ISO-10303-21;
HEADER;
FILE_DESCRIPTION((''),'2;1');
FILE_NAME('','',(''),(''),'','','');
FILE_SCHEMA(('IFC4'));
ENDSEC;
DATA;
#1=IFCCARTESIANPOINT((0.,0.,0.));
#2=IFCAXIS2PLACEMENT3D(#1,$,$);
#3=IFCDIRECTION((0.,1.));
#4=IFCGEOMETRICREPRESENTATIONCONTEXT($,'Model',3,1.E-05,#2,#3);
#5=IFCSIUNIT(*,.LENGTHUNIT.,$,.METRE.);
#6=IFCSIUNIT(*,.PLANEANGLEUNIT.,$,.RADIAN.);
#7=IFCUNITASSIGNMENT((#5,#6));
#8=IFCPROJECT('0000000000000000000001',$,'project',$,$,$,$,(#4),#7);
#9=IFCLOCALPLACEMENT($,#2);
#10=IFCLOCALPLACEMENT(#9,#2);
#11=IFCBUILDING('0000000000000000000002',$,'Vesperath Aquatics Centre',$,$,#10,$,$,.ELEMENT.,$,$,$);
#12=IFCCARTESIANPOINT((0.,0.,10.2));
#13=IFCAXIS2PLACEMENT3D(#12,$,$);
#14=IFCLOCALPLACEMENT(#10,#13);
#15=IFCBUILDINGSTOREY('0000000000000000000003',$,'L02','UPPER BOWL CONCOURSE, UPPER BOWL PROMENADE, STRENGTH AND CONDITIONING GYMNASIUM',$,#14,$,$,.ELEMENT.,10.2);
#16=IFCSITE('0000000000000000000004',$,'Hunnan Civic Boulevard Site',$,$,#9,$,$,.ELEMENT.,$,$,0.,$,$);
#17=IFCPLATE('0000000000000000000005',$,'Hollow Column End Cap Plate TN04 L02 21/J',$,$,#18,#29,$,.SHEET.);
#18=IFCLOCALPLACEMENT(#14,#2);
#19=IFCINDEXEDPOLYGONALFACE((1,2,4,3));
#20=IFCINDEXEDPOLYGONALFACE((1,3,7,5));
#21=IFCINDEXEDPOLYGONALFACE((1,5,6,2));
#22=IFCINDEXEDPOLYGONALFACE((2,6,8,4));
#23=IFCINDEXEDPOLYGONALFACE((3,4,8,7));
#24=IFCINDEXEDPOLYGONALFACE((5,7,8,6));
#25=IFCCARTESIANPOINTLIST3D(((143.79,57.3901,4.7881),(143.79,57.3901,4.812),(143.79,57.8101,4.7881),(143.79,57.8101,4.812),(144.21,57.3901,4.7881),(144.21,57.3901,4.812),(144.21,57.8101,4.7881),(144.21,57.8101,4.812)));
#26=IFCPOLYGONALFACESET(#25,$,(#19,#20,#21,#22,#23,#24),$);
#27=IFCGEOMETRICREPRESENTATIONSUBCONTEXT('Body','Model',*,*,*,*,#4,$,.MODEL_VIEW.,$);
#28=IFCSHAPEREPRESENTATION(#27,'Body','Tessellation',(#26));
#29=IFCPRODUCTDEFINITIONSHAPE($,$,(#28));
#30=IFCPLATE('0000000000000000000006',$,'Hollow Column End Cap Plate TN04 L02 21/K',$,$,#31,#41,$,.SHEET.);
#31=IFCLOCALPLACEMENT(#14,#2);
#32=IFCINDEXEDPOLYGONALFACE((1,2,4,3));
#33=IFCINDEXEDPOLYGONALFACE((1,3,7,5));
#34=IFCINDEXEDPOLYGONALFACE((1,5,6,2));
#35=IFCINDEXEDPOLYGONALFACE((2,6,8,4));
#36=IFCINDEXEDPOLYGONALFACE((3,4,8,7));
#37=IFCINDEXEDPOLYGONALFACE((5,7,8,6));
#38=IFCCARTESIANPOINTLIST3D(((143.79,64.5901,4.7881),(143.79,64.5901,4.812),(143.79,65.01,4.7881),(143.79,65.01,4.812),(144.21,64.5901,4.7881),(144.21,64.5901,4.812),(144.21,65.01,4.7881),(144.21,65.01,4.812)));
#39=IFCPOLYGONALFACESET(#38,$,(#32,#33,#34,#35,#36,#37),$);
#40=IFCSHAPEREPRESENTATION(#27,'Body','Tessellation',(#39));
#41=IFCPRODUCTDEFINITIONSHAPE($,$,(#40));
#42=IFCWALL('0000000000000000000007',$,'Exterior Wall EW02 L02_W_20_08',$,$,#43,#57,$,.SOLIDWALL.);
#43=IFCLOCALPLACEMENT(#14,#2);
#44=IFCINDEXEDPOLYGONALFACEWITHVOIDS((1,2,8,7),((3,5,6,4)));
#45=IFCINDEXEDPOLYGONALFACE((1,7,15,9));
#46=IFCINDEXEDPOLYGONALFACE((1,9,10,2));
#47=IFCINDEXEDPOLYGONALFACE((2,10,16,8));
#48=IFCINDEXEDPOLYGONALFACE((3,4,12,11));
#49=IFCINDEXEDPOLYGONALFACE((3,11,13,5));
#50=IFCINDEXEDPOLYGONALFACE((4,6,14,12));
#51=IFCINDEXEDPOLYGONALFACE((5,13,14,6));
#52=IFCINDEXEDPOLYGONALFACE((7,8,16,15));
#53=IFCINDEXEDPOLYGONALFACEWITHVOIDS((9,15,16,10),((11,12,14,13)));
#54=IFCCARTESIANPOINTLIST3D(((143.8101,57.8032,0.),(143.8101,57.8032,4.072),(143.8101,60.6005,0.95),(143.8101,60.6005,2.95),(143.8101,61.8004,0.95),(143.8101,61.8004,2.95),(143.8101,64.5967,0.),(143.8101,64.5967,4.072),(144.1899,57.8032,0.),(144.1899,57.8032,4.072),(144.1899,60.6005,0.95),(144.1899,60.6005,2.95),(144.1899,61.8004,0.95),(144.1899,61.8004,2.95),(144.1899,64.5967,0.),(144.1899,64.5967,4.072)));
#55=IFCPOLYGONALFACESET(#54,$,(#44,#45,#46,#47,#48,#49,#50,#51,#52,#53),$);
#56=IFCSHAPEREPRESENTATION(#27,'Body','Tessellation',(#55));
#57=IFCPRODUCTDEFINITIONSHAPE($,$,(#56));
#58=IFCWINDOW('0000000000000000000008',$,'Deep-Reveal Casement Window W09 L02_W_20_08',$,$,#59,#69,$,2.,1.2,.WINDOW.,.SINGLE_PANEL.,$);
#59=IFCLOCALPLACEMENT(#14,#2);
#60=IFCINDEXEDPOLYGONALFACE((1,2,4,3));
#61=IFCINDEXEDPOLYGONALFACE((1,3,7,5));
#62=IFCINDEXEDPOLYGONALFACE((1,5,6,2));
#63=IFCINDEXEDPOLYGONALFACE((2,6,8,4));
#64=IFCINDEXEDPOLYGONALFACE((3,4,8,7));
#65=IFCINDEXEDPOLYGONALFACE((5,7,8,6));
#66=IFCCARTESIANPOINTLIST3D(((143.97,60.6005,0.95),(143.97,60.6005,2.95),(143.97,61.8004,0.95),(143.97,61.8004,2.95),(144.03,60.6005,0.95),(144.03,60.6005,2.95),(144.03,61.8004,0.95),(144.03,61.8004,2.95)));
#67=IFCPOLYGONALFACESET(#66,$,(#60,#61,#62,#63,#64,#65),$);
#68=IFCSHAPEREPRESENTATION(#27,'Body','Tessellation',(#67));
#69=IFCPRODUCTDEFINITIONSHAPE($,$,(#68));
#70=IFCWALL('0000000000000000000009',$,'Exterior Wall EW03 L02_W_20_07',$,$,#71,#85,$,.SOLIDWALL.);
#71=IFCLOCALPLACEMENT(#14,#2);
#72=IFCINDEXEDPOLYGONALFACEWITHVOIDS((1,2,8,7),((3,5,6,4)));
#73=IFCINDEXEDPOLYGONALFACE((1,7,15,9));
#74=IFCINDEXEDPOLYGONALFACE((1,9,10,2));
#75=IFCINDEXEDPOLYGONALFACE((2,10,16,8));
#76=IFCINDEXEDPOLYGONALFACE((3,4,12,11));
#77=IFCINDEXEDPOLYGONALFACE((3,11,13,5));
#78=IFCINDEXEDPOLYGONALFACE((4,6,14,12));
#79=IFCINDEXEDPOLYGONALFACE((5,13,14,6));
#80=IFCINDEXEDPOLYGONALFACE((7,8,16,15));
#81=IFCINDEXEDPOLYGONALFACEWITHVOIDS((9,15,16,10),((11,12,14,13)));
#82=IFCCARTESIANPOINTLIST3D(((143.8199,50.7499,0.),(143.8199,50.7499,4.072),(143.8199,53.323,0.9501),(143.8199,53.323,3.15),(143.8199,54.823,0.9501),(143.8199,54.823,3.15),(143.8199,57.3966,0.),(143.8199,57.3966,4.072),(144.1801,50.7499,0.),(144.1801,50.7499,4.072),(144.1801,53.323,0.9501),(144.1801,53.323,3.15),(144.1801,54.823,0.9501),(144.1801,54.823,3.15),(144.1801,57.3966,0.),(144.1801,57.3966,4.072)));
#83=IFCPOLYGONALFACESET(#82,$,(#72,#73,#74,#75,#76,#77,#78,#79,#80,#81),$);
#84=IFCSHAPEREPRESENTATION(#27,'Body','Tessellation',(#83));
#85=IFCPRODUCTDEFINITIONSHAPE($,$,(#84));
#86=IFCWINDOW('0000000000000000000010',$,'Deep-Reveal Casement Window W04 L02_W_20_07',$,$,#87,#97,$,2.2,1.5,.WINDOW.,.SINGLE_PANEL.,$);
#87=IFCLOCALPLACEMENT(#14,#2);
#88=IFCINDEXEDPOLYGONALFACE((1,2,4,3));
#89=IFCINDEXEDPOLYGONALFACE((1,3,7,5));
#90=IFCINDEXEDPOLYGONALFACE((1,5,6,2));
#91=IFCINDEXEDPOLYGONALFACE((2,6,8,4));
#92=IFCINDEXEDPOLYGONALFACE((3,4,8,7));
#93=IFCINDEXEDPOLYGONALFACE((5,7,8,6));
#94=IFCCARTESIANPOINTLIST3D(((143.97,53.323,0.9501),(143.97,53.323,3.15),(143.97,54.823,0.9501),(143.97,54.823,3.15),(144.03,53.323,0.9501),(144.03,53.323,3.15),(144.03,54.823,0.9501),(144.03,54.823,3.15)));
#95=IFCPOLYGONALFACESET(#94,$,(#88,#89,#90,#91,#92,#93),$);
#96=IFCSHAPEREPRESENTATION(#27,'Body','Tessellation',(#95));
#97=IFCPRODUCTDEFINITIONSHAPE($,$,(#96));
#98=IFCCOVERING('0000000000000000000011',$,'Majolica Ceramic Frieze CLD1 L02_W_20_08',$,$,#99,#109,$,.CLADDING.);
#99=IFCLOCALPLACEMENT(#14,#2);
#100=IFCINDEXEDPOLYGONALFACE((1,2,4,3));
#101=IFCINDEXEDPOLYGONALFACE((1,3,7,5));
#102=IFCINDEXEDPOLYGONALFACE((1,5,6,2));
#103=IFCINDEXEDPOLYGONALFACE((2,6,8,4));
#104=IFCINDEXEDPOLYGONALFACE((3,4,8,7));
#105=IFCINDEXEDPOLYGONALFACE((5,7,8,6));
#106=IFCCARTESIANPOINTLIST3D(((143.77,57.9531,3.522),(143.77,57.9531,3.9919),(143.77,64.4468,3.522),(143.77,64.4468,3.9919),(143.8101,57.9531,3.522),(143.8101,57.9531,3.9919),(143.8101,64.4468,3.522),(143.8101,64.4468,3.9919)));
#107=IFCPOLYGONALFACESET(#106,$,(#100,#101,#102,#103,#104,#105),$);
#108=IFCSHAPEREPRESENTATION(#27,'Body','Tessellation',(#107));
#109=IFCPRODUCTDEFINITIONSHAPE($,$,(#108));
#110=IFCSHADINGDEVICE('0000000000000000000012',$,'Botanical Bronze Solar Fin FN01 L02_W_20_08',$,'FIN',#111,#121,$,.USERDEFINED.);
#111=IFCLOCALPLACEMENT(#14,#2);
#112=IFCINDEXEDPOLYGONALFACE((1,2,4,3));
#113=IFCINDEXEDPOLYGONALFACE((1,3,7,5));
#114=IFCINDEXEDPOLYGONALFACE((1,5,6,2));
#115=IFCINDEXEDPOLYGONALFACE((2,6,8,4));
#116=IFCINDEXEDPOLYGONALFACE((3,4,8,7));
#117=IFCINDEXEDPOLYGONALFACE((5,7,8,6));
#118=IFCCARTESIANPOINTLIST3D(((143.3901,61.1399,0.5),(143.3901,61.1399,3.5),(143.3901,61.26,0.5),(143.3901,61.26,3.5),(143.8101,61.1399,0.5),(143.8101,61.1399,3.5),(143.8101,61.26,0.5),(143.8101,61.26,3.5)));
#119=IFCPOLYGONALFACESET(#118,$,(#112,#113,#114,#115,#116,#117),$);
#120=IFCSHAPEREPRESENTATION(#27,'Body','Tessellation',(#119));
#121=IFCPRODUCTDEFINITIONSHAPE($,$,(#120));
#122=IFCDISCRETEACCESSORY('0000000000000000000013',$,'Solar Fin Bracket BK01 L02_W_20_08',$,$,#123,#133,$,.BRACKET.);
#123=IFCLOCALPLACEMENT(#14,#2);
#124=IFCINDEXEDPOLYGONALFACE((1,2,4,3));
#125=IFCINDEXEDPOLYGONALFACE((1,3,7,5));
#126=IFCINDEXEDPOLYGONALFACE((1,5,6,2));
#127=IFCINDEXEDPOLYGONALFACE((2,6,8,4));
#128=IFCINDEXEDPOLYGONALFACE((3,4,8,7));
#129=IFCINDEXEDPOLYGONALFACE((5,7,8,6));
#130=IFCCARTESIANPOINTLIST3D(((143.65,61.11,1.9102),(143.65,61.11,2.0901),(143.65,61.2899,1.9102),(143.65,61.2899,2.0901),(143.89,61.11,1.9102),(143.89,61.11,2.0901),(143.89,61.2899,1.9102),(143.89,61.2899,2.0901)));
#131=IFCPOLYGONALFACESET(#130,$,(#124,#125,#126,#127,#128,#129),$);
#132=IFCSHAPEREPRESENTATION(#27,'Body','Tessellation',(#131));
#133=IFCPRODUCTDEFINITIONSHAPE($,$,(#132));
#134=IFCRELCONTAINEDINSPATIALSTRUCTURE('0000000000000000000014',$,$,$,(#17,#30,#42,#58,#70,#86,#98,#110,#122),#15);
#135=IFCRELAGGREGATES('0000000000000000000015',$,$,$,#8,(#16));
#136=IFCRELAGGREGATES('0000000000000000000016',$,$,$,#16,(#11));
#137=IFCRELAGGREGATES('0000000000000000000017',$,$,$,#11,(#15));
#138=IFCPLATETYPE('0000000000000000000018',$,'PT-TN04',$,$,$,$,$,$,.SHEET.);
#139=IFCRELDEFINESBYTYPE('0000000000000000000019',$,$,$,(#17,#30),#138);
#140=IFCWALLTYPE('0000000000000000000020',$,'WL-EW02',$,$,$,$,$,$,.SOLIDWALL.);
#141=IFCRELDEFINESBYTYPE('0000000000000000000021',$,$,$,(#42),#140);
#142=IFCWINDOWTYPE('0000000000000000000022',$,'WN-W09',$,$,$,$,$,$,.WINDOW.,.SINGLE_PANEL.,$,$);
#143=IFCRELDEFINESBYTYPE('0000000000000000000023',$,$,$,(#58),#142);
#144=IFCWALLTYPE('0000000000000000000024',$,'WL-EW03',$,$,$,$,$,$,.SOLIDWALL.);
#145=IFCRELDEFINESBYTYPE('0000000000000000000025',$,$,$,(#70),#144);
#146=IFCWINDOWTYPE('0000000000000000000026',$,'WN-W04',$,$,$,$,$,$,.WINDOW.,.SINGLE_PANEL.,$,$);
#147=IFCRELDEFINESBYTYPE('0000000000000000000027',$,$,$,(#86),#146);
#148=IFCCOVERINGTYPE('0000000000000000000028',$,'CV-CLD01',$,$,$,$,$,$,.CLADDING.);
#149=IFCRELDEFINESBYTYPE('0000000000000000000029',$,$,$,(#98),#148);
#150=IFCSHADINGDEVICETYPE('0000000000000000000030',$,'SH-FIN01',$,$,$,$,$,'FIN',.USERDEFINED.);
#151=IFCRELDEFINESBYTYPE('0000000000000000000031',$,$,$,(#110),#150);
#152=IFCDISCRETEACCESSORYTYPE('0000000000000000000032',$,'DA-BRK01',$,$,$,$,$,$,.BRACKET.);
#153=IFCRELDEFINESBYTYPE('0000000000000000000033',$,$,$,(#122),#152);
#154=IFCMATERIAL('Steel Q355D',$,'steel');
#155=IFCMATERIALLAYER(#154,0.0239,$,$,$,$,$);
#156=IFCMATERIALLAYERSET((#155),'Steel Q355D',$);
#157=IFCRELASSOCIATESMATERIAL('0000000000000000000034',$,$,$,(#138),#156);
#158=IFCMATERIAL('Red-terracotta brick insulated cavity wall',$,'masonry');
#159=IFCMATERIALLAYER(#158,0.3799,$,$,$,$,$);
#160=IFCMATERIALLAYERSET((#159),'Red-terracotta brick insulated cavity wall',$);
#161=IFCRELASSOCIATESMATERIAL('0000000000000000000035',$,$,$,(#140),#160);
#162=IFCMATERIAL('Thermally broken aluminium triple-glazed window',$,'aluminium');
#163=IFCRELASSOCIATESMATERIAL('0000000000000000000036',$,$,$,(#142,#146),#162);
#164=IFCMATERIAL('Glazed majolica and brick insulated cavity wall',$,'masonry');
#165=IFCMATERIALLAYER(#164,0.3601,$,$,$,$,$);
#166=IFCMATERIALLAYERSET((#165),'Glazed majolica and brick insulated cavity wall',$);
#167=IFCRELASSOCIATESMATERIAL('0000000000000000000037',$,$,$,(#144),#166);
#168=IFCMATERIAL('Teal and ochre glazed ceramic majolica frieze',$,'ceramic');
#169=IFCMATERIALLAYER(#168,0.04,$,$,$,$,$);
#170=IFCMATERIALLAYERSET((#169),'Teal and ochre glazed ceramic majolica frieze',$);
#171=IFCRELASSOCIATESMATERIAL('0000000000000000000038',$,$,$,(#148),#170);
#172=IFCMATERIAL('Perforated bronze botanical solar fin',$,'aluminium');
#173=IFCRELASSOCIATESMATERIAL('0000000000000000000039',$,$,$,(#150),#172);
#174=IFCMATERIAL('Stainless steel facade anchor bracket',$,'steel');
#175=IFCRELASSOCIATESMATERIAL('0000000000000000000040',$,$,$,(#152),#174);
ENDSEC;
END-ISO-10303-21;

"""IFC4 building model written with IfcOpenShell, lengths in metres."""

from ifc_helpers import new_model, si_unit, direction, frame, frame_2d, origin, origin_2d, place, context, subcontext, project, spatial, rectangle, extrude, material, layer, layer_set, type_object, element, fill, save


model = new_model("IFC4")

# Units and contexts
model_context = context("Model", 3, precision=1e-05, world=origin(), true_north=direction((0.0, 1.0)))
body_context = subcontext(model_context, "Body", "Model", "MODEL_VIEW")
ifc_project = project(units=[si_unit("LENGTHUNIT", "METRE"), si_unit("PLANEANGLEUNIT", "RADIAN")], contexts=[model_context])

# Site, building, storey
site_placement = place(None, origin())
site = spatial("IfcSite", under=ifc_project, at=site_placement, Name="Hunnan Civic Boulevard Site", CompositionType="ELEMENT", RefElevation=0.0)
building_placement = place(site_placement, origin())
building = spatial("IfcBuilding", under=site, at=building_placement, Name="Vesperath Aquatics Centre", CompositionType="ELEMENT")
storey_placement = place(building_placement, frame((0.0, 0.0, 10.2)))
storey = spatial("IfcBuildingStorey", under=building, at=storey_placement, Name="L02", Description="UPPER BOWL CONCOURSE, UPPER BOWL PROMENADE, STRENGTH AND CONDITIONING GYMNASIUM", CompositionType="ELEMENT", Elevation=10.2)

# Shared definitions
ifc_material_1 = material(Name="Steel Q355D", Category="steel")

# Plates
ifc_layer_1 = layer(ifc_material_1, 0.0239)
ifc_layer_set_1 = layer_set([ifc_layer_1], Name="Steel Q355D")
plate_type_1 = type_object("IfcPlateType", Name="PT-TN04", PredefinedType="SHEET", material=ifc_layer_set_1)
for number, where, z_axis, x_axis, name in (
    (1, (144.0, 57.6001, 4.7881), (0.0, 0.0, 1.0), (1.0, 0.0, 0.0), "Hollow Column End Cap Plate TN04 L02 21/J"),
    (2, (144.0, 64.8, 4.7881), (0.0, 0.0, 1.0), (1.0, 0.0, 0.0), "Hollow Column End Cap Plate TN04 L02 21/K"),
):
    element("IfcPlate", number, at=place(storey_placement, frame(where, z_axis=z_axis, x_axis=x_axis)), inside=storey, type_object=plate_type_1, Name=name, PredefinedType="SHEET", context=body_context, shape_type="SweptSolid", body=[
        extrude(rectangle(XDim=0.4199, YDim=0.4199, at=origin_2d()), origin(), (0.0, 0.0, 1.0), 0.0239),
    ])

# Walls, openings, windows
ifc_material_2 = material(Name="Red-terracotta brick insulated cavity wall", Category="masonry")
ifc_layer_2 = layer(ifc_material_2, 0.3799)
ifc_layer_set_2 = layer_set([ifc_layer_2], Name="Red-terracotta brick insulated cavity wall")
wall_type_1 = type_object("IfcWallType", Name="WL-EW02", PredefinedType="SOLIDWALL", material=ifc_layer_set_2)
wall_1_placement = place(storey_placement, frame((144.0, 57.8032, 0.0), z_axis=(0.0, 0.0, 1.0), x_axis=(0.0, 1.0, 0.0)))
wall_1 = element("IfcWall", 3, at=wall_1_placement, inside=storey, type_object=wall_type_1, Name="Exterior Wall EW02 L02_W_20_08", PredefinedType="SOLIDWALL", context=body_context, shape_type="SweptSolid", body=[
    extrude(rectangle(XDim=6.7935, YDim=0.3799, at=frame_2d((3.3967, 0.0))), origin(), (0.0, 0.0, 1.0), 4.072),
])
opening_1_placement = place(wall_1_placement, frame((2.7971, 0.0, 0.95)))
opening_1 = element("IfcOpeningElement", 4, at=opening_1_placement, cuts=wall_1, PredefinedType="OPENING", context=body_context, shape_type="SweptSolid", body=[
    extrude(rectangle(XDim=1.2, YDim=2.0, at=frame_2d((0.6001, 1.0))), frame((0.0, 0.2048, 0.0), z_axis=(0.0, -1.0, 0.0), x_axis=(1.0, 0.0, 0.0)), (0.0, 0.0, 1.0), 0.4097),
])
ifc_material_3 = material(Name="Thermally broken aluminium triple-glazed window", Category="aluminium")
window_type_1 = type_object("IfcWindowType", Name="WN-W09", PartitioningType="SINGLE_PANEL", PredefinedType="WINDOW", material=ifc_material_3)
window_1_placement = place(opening_1_placement, origin())
window_1 = element("IfcWindow", 5, at=window_1_placement, inside=storey, type_object=window_type_1, Name="Deep-Reveal Casement Window W09 L02_W_20_08", OverallHeight=2.0, OverallWidth=1.2, PartitioningType="SINGLE_PANEL", PredefinedType="WINDOW", context=body_context, shape_type="SweptSolid", body=[
    extrude(rectangle(XDim=1.2, YDim=2.0, at=frame_2d((0.6001, 1.0))), frame((0.0, 0.03, 0.0), z_axis=(0.0, -1.0, 0.0), x_axis=(1.0, 0.0, 0.0)), (0.0, 0.0, 1.0), 0.0601),
])
fill(opening_1, window_1)
ifc_material_4 = material(Name="Glazed majolica and brick insulated cavity wall", Category="masonry")
ifc_layer_3 = layer(ifc_material_4, 0.3601)
ifc_layer_set_3 = layer_set([ifc_layer_3], Name="Glazed majolica and brick insulated cavity wall")
wall_type_2 = type_object("IfcWallType", Name="WL-EW03", PredefinedType="SOLIDWALL", material=ifc_layer_set_3)
wall_2_placement = place(storey_placement, frame((144.0, 50.75, 0.0), z_axis=(0.0, 0.0, 1.0), x_axis=(0.0, 1.0, 0.0)))
wall_2 = element("IfcWall", 6, at=wall_2_placement, inside=storey, type_object=wall_type_2, Name="Exterior Wall EW03 L02_W_20_07", PredefinedType="SOLIDWALL", context=body_context, shape_type="SweptSolid", body=[
    extrude(rectangle(XDim=6.6467, YDim=0.3601, at=frame_2d((3.3232, 0.0))), origin(), (0.0, 0.0, 1.0), 4.072),
])
opening_2_placement = place(wall_2_placement, frame((2.573, 0.0, 0.95)))
opening_2 = element("IfcOpeningElement", 7, at=opening_2_placement, cuts=wall_2, PredefinedType="OPENING", context=body_context, shape_type="SweptSolid", body=[
    extrude(rectangle(XDim=1.5, YDim=2.2, at=frame_2d((0.75, 1.1001))), frame((0.0, 0.1948, 0.0), z_axis=(0.0, -1.0, 0.0), x_axis=(1.0, 0.0, 0.0)), (0.0, 0.0, 1.0), 0.3899),
])
window_type_2 = type_object("IfcWindowType", Name="WN-W04", PartitioningType="SINGLE_PANEL", PredefinedType="WINDOW", material=ifc_material_3)
window_2_placement = place(opening_2_placement, origin())
window_2 = element("IfcWindow", 8, at=window_2_placement, inside=storey, type_object=window_type_2, Name="Deep-Reveal Casement Window W04 L02_W_20_07", OverallHeight=2.2, OverallWidth=1.5, PartitioningType="SINGLE_PANEL", PredefinedType="WINDOW", context=body_context, shape_type="SweptSolid", body=[
    extrude(rectangle(XDim=1.5, YDim=2.2, at=frame_2d((0.75, 1.1001))), frame((0.0, 0.03, 0.0), z_axis=(0.0, -1.0, 0.0), x_axis=(1.0, 0.0, 0.0)), (0.0, 0.0, 1.0), 0.0601),
])
fill(opening_2, window_2)

# Covering
ifc_material_5 = material(Name="Teal and ochre glazed ceramic majolica frieze", Category="ceramic")
ifc_layer_4 = layer(ifc_material_5, 0.04)
ifc_layer_set_4 = layer_set([ifc_layer_4], Name="Teal and ochre glazed ceramic majolica frieze")
covering_type = type_object("IfcCoveringType", Name="CV-CLD01", PredefinedType="CLADDING", material=ifc_layer_set_4)
covering_placement = place(storey_placement, frame((143.79, 57.9531, 3.522), z_axis=(0.0, 0.0, 1.0), x_axis=(0.0, 1.0, 0.0)))
element("IfcCovering", 9, at=covering_placement, inside=storey, type_object=covering_type, Name="Majolica Ceramic Frieze CLD1 L02_W_20_08", PredefinedType="CLADDING", context=body_context, shape_type="SweptSolid", body=[
    extrude(rectangle(XDim=6.4937, YDim=0.04, at=frame_2d((3.2468, 0.0))), origin(), (0.0, 0.0, 1.0), 0.47),
])

# Shading device
ifc_material_6 = material(Name="Perforated bronze botanical solar fin", Category="aluminium")
shading_device_type = type_object("IfcShadingDeviceType", Name="SH-FIN01", ElementType="FIN", PredefinedType="USERDEFINED", material=ifc_material_6)
shading_device_placement = place(storey_placement, frame((143.6001, 61.2, 0.5), z_axis=(0.0, 0.0, 1.0), x_axis=(1.0, 0.0, 0.0)))
element("IfcShadingDevice", 10, at=shading_device_placement, inside=storey, type_object=shading_device_type, Name="Botanical Bronze Solar Fin FN01 L02_W_20_08", ObjectType="FIN", PredefinedType="USERDEFINED", context=body_context, shape_type="SweptSolid", body=[
    extrude(rectangle(XDim=0.4199, YDim=0.1201, at=origin_2d()), origin(), (0.0, 0.0, 1.0), 3.0),
])

# Discrete accessory
ifc_material_7 = material(Name="Stainless steel facade anchor bracket", Category="steel")
discrete_accessory_type = type_object("IfcDiscreteAccessoryType", Name="DA-BRK01", PredefinedType="BRACKET", material=ifc_material_7)
discrete_accessory_placement = place(storey_placement, frame((143.77, 61.2, 1.9102), z_axis=(0.0, 0.0, 1.0), x_axis=(1.0, 0.0, 0.0)))
element("IfcDiscreteAccessory", 11, at=discrete_accessory_placement, inside=storey, type_object=discrete_accessory_type, Name="Solar Fin Bracket BK01 L02_W_20_08", PredefinedType="BRACKET", context=body_context, shape_type="SweptSolid", body=[
    extrude(rectangle(XDim=0.24, YDim=0.1799, at=origin_2d()), origin(), (0.0, 0.0, 1.0), 0.1799),
])

save(model, "model.ifc")
